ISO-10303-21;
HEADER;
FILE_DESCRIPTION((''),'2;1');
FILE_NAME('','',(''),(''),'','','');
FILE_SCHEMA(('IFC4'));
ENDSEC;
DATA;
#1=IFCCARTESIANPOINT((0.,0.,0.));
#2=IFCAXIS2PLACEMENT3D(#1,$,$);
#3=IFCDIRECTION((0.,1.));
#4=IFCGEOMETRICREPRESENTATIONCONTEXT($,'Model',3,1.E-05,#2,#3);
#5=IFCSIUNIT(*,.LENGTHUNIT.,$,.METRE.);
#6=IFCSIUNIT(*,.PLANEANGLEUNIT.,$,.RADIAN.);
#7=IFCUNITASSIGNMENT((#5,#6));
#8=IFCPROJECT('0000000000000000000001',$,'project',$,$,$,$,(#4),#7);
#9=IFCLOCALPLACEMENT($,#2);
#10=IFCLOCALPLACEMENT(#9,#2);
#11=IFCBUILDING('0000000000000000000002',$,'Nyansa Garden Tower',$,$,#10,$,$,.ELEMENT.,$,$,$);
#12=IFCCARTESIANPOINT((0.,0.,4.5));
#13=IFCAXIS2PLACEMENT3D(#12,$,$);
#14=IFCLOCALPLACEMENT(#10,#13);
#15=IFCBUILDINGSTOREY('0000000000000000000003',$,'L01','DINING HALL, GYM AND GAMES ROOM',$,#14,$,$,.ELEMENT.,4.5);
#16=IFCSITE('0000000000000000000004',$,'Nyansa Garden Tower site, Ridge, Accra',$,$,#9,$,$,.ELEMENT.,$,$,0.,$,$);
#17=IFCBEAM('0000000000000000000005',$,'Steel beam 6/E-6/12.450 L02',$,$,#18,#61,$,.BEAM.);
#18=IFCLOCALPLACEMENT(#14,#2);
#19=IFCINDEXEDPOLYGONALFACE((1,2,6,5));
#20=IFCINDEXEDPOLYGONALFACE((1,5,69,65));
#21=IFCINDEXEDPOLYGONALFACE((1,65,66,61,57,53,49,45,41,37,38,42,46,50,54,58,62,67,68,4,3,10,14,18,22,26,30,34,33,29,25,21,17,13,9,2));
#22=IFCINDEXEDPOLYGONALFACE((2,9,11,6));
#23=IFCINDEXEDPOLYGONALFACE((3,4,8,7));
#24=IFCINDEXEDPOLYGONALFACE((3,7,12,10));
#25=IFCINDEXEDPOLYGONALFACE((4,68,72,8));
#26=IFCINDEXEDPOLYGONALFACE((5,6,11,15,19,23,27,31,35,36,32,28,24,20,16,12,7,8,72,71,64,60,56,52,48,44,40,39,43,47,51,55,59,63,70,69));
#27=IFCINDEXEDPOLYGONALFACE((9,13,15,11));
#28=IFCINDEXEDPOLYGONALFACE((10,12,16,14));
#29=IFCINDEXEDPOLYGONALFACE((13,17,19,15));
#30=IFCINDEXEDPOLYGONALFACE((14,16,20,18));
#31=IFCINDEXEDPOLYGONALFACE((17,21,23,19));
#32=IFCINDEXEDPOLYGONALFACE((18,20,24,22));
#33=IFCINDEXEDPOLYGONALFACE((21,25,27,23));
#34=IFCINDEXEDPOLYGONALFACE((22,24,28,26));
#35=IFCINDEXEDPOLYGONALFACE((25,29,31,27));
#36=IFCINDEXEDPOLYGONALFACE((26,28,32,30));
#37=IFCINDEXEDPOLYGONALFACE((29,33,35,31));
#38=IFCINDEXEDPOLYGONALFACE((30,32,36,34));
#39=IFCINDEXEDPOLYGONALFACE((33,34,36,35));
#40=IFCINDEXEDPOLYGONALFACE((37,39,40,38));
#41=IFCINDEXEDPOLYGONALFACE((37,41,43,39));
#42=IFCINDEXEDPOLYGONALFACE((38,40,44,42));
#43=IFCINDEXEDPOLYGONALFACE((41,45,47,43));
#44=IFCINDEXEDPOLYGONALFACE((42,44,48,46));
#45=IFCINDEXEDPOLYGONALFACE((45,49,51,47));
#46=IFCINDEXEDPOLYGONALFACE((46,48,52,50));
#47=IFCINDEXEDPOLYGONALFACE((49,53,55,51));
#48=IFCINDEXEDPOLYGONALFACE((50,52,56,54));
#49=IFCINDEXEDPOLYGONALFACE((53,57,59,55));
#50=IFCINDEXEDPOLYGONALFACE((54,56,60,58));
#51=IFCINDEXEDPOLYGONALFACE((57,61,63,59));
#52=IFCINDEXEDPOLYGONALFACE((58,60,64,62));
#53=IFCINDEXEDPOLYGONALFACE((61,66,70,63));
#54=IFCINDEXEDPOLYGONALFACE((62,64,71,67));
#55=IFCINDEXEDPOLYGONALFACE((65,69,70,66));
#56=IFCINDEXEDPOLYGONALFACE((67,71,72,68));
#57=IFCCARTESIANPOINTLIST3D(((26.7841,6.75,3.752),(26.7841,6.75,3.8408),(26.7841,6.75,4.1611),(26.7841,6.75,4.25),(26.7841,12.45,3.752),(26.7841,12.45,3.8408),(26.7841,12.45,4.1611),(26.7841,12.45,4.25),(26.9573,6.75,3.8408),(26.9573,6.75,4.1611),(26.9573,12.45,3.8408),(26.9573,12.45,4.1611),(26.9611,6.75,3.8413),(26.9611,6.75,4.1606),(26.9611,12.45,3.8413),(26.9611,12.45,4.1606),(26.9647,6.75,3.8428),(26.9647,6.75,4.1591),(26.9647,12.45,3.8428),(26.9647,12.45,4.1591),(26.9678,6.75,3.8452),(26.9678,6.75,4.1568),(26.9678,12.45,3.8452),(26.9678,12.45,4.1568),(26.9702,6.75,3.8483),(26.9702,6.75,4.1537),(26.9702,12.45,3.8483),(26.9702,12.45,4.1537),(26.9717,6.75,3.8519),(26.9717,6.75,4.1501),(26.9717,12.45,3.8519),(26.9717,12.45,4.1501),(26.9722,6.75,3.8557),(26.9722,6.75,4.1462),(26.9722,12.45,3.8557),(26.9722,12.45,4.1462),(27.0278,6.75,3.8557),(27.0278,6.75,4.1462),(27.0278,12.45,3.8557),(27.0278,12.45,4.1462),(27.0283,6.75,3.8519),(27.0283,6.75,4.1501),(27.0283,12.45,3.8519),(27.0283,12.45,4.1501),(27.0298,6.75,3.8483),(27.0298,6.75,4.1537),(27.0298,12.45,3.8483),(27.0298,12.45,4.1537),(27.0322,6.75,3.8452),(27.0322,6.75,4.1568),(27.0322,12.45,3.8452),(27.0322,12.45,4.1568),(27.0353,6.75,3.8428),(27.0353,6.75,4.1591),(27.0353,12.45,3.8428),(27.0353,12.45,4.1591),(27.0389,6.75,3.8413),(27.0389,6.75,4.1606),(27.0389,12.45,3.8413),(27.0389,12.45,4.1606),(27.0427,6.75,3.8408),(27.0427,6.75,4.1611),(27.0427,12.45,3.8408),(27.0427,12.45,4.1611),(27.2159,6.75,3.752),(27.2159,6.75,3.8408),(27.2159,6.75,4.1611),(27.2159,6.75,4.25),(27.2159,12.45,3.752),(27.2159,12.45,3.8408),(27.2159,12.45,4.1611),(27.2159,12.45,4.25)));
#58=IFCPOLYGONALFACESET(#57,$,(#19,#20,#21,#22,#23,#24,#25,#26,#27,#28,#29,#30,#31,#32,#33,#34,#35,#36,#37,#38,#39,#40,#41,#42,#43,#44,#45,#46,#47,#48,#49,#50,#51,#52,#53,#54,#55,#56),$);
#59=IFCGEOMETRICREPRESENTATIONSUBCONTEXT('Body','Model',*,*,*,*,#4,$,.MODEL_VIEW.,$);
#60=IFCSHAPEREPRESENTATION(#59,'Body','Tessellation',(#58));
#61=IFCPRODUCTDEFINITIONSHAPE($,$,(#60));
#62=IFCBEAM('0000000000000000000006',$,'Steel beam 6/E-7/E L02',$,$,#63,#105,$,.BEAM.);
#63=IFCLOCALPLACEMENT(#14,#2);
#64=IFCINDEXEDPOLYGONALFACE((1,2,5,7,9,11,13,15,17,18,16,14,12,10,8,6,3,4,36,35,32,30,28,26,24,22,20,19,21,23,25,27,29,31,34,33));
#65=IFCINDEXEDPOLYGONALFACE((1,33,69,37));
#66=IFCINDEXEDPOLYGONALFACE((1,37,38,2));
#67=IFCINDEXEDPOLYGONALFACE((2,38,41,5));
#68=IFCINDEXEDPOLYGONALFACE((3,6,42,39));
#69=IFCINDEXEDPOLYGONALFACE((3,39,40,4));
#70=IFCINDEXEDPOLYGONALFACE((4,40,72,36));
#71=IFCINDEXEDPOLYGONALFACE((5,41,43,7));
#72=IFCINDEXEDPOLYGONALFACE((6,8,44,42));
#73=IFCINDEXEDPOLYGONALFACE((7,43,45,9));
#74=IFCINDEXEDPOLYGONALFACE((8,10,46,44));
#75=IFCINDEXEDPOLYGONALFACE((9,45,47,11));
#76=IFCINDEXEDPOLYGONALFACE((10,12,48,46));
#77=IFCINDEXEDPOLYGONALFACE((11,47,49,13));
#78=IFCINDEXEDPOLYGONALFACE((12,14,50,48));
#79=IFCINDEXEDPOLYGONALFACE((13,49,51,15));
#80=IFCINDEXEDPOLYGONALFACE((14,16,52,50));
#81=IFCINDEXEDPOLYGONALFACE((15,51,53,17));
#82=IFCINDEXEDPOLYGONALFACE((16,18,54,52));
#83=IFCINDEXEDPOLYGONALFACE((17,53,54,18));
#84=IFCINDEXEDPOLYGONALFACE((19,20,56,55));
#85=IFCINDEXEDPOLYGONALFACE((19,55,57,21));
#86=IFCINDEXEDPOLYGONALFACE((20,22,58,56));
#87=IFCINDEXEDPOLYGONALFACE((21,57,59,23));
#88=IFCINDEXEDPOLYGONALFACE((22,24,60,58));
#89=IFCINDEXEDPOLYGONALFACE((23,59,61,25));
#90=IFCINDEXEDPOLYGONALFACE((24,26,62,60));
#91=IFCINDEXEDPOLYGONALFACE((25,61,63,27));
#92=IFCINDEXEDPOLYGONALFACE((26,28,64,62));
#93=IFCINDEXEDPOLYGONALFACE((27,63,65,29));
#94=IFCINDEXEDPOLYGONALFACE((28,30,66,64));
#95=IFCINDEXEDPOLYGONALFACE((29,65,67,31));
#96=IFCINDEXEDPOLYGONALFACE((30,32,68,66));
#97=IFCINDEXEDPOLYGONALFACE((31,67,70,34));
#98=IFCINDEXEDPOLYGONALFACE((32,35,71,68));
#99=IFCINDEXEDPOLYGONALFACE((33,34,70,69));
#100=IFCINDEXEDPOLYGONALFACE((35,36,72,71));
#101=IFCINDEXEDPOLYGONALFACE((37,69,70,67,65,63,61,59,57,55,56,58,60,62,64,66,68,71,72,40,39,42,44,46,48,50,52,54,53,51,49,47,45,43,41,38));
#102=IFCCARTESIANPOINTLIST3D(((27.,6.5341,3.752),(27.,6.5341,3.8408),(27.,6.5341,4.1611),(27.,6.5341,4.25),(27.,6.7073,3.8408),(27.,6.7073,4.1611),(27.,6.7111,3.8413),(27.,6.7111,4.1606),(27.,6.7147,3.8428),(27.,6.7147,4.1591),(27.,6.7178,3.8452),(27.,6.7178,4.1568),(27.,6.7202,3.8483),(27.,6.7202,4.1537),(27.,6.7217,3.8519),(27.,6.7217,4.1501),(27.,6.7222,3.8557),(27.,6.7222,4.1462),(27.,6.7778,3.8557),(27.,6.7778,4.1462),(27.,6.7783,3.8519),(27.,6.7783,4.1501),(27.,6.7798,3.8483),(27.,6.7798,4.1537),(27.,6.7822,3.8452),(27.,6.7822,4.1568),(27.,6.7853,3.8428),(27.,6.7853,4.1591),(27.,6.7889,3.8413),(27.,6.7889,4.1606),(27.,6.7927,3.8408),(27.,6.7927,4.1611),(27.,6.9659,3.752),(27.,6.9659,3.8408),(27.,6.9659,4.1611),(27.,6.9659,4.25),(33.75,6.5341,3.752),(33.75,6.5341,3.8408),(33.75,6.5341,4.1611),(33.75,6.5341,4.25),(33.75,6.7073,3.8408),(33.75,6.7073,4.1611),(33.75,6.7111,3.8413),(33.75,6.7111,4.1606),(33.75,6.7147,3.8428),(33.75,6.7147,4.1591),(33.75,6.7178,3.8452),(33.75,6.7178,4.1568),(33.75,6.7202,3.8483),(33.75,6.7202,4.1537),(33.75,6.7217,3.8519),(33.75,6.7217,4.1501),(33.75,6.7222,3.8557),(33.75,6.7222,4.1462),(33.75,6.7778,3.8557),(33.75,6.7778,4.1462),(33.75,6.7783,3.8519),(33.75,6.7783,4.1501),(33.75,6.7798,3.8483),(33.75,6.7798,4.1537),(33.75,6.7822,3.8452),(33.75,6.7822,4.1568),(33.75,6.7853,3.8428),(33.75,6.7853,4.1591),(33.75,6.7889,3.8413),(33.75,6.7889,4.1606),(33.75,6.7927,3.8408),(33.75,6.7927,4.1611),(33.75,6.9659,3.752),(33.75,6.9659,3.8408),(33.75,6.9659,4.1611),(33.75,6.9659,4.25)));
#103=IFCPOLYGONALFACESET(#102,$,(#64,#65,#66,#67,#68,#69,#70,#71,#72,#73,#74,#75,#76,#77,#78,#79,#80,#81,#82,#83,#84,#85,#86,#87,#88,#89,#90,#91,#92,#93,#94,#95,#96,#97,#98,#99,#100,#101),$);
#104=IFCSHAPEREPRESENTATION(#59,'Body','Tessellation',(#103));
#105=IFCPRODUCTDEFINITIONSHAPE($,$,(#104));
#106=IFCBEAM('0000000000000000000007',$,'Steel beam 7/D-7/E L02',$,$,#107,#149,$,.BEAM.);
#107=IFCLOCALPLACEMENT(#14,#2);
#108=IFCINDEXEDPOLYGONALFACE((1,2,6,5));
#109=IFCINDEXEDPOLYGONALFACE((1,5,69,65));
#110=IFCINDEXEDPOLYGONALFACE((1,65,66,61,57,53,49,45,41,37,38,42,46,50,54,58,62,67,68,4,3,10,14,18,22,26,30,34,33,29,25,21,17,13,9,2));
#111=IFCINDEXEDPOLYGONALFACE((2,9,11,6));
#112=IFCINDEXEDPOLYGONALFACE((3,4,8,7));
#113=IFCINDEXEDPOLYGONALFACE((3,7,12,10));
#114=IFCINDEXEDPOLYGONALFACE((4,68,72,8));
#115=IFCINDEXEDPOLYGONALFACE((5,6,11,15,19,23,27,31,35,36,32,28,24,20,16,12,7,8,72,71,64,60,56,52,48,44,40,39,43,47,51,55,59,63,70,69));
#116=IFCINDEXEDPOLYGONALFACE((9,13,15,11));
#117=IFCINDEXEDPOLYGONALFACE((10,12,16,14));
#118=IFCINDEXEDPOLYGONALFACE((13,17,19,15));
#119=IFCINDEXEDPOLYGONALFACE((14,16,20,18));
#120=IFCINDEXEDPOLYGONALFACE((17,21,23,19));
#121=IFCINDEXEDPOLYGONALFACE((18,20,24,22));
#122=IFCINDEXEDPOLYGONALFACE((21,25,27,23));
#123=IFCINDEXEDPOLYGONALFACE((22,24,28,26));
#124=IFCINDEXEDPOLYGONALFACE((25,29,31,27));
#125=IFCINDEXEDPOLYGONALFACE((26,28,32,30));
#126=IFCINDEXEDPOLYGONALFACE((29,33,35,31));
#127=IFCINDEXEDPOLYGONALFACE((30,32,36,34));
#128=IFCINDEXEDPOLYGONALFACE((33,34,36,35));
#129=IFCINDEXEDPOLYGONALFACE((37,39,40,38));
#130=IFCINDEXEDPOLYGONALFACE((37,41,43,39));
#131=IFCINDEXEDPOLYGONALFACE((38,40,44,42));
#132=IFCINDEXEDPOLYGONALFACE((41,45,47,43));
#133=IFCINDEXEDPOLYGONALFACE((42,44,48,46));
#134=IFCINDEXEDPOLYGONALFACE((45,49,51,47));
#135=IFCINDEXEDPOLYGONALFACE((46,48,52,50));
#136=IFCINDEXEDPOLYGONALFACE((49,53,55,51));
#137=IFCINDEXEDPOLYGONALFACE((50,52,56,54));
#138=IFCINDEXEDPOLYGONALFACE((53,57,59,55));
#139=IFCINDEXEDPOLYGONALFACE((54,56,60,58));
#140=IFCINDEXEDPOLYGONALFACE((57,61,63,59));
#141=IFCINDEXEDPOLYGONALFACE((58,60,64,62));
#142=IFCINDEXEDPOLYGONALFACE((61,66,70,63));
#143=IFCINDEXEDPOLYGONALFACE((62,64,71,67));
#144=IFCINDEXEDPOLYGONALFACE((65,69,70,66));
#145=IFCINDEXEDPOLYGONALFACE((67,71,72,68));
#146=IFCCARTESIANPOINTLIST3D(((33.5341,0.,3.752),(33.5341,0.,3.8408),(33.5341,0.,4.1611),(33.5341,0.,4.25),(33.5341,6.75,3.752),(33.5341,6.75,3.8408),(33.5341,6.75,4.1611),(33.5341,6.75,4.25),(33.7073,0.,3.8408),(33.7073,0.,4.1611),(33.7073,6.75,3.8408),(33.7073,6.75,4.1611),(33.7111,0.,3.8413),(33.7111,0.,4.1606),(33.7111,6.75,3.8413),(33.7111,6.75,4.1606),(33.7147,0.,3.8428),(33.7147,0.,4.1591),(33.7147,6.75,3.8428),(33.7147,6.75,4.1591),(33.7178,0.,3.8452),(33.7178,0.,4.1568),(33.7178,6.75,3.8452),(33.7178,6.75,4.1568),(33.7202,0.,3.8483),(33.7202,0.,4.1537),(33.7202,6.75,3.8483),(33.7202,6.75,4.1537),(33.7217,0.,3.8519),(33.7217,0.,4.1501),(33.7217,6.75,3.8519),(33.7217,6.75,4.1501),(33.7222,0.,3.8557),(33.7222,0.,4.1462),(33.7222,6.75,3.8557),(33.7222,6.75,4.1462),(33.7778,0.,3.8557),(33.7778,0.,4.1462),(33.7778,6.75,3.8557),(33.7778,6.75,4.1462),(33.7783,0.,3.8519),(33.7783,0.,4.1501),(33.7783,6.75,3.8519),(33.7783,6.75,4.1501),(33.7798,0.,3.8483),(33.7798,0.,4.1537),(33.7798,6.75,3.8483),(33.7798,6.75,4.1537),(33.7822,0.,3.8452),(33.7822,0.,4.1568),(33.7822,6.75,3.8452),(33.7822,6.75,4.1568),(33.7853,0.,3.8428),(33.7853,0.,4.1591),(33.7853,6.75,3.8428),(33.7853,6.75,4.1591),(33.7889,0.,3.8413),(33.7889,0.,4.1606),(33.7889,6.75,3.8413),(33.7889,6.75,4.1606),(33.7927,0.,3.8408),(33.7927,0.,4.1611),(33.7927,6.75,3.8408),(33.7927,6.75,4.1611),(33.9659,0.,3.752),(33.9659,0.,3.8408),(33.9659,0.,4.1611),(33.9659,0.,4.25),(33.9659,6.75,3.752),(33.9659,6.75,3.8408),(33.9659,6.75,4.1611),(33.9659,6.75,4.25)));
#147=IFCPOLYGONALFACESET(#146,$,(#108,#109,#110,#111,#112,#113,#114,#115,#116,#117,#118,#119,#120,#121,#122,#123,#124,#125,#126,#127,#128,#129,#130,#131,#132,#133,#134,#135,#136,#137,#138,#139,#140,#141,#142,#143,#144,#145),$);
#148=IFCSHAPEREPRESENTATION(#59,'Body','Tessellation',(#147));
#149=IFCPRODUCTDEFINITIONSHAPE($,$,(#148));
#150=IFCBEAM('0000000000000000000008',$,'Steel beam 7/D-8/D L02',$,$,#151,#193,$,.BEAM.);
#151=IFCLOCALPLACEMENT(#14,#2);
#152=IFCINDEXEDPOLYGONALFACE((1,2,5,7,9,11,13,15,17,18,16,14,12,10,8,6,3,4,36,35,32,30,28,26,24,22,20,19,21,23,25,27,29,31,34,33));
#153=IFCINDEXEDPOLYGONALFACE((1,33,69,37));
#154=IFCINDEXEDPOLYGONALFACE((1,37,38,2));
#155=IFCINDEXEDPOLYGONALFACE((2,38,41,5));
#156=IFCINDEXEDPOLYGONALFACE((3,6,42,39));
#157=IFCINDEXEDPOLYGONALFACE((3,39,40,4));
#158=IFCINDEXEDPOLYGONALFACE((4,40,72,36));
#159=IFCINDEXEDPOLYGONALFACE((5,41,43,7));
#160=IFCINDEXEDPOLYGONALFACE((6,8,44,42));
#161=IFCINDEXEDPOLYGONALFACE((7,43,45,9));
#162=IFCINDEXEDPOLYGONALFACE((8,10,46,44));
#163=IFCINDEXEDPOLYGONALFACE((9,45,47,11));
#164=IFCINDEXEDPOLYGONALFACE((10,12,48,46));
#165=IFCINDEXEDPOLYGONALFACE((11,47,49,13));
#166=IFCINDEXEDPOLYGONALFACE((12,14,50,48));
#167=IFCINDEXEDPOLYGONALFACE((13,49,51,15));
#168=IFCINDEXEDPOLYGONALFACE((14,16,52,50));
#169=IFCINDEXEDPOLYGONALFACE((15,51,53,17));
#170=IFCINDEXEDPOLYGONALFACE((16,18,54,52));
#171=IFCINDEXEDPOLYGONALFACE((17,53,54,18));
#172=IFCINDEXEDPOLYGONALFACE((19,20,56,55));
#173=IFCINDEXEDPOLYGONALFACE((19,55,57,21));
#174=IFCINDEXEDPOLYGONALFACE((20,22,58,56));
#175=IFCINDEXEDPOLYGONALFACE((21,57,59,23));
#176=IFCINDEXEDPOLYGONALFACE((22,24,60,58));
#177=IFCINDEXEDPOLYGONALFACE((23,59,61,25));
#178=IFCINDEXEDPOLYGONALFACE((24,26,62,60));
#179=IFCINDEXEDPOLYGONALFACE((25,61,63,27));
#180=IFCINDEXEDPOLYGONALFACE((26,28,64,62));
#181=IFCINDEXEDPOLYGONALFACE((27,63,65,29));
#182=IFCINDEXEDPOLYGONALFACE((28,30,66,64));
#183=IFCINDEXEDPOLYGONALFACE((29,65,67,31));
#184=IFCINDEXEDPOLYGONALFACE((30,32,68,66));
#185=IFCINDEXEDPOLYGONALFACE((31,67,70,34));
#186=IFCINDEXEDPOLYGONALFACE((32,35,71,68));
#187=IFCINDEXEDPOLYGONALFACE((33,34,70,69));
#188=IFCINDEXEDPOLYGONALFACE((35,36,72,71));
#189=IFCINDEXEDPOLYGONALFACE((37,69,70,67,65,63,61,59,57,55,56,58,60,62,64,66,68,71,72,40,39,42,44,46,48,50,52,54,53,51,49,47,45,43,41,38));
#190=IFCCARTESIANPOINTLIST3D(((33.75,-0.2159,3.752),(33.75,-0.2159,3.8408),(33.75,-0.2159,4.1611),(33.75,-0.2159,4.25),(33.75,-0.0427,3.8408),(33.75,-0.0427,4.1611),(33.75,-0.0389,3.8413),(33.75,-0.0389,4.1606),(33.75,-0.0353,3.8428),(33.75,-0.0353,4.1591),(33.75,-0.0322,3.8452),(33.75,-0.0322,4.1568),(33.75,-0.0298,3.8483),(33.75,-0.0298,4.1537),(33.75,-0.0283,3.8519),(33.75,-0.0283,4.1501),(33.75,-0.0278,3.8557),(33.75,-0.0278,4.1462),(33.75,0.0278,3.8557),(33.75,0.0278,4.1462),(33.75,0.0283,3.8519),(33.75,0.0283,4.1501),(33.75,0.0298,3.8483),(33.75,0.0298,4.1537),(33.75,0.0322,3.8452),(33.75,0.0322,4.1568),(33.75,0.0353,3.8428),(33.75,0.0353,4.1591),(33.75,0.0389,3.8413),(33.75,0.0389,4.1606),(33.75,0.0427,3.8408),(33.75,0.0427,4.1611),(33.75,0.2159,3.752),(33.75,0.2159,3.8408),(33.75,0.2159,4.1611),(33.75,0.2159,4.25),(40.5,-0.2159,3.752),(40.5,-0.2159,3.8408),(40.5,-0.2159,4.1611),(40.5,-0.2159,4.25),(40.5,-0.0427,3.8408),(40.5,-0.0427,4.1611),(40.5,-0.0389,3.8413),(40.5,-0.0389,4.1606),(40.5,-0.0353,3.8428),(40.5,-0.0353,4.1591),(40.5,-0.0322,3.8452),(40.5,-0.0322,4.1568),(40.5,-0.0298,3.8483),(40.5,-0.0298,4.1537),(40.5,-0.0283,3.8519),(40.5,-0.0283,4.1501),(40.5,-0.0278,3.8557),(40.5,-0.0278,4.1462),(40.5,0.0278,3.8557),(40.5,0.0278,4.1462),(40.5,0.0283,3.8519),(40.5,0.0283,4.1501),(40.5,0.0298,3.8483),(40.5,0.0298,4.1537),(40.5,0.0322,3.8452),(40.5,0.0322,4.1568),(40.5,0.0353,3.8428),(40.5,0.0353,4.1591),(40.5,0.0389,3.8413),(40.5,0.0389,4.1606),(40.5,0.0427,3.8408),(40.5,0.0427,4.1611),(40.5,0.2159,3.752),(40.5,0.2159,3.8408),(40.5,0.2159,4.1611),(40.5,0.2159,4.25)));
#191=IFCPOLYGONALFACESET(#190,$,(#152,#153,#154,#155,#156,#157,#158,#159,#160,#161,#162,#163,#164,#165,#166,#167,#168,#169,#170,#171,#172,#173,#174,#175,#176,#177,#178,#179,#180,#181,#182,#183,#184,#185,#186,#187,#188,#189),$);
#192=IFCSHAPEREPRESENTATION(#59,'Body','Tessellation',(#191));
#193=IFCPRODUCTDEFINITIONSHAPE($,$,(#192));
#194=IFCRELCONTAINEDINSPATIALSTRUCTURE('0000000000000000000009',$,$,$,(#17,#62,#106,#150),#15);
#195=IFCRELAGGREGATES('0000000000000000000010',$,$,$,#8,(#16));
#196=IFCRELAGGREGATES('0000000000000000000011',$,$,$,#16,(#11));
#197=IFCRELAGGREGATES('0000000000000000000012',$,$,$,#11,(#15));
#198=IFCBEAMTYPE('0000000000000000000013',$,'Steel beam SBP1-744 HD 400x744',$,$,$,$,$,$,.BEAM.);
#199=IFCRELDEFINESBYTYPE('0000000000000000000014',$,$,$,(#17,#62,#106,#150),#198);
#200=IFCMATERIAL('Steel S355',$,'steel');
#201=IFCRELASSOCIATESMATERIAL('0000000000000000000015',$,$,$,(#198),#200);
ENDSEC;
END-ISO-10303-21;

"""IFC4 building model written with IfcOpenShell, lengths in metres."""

from ifc_helpers import new_model, si_unit, direction, frame, origin, origin_2d, place, context, subcontext, project, spatial, i_section, extrude, material, material_profile, profile_set, type_object, element, save


model = new_model("IFC4")

# Units and contexts
model_context = context("Model", 3, precision=1e-05, world=origin(), true_north=direction((0.0, 1.0)))
body_context = subcontext(model_context, "Body", "Model", "MODEL_VIEW")
ifc_project = project(units=[si_unit("LENGTHUNIT", "METRE"), si_unit("PLANEANGLEUNIT", "RADIAN")], contexts=[model_context])

# Site, building, storey
site_placement = place(None, origin())
site = spatial("IfcSite", under=ifc_project, at=site_placement, Name="Nyansa Garden Tower site, Ridge, Accra", CompositionType="ELEMENT", RefElevation=0.0)
building_placement = place(site_placement, origin())
building = spatial("IfcBuilding", under=site, at=building_placement, Name="Nyansa Garden Tower", CompositionType="ELEMENT")
storey_placement = place(building_placement, frame((0.0, 0.0, 4.5)))
storey = spatial("IfcBuildingStorey", under=building, at=storey_placement, Name="L01", Description="DINING HALL, GYM AND GAMES ROOM", CompositionType="ELEMENT", Elevation=4.5)

# Beams
ifc_material_1 = material(Name="Steel S355", Category="steel")
ifc_material_profile_1 = material_profile(ifc_material_1, i_section(OverallWidth=0.4319, OverallDepth=0.498, WebThickness=0.0557, FlangeThickness=0.0889, FilletRadius=0.0149, at=origin_2d()), Name="HD 400x744")
ifc_profile_set_1 = profile_set([ifc_material_profile_1], Name="Steel S355")
beam_type_1 = type_object("IfcBeamType", Name="Steel beam SBP1-744 HD 400x744", PredefinedType="BEAM", material=ifc_profile_set_1)
beam_1_placement = place(storey_placement, frame((27.0, 6.75, 4.001), z_axis=(0.0, 1.0, 0.0), x_axis=(-1.0, 0.0, 0.0)))
element("IfcBeam", 1, at=beam_1_placement, inside=storey, type_object=beam_type_1, Name="Steel beam 6/E-6/12.450 L02", PredefinedType="BEAM", context=body_context, shape_type="SweptSolid", body=[
    extrude(i_section(OverallWidth=0.4319, OverallDepth=0.498, WebThickness=0.0557, FlangeThickness=0.0889, FilletRadius=0.0149, at=origin_2d()), origin(), (0.0, 0.0, 1.0), 5.7),
])
for number, where, z_axis, x_axis, name in (
    (2, (27.0, 6.75, 4.001), (1.0, 0.0, 0.0), (0.0, 1.0, 0.0), "Steel beam 6/E-7/E L02"),
    (3, (33.75, 0.0, 4.001), (0.0, 1.0, 0.0), (-1.0, 0.0, 0.0), "Steel beam 7/D-7/E L02"),
    (4, (33.75, 0.0, 4.001), (1.0, 0.0, 0.0), (0.0, 1.0, 0.0), "Steel beam 7/D-8/D L02"),
):
    element("IfcBeam", number, at=place(storey_placement, frame(where, z_axis=z_axis, x_axis=x_axis)), inside=storey, type_object=beam_type_1, Name=name, PredefinedType="BEAM", context=body_context, shape_type="SweptSolid", body=[
        extrude(i_section(OverallWidth=0.4319, OverallDepth=0.498, WebThickness=0.0557, FlangeThickness=0.0889, FilletRadius=0.0149, at=origin_2d()), origin(), (0.0, 0.0, 1.0), 6.75),
    ])

save(model, "model.ifc")
